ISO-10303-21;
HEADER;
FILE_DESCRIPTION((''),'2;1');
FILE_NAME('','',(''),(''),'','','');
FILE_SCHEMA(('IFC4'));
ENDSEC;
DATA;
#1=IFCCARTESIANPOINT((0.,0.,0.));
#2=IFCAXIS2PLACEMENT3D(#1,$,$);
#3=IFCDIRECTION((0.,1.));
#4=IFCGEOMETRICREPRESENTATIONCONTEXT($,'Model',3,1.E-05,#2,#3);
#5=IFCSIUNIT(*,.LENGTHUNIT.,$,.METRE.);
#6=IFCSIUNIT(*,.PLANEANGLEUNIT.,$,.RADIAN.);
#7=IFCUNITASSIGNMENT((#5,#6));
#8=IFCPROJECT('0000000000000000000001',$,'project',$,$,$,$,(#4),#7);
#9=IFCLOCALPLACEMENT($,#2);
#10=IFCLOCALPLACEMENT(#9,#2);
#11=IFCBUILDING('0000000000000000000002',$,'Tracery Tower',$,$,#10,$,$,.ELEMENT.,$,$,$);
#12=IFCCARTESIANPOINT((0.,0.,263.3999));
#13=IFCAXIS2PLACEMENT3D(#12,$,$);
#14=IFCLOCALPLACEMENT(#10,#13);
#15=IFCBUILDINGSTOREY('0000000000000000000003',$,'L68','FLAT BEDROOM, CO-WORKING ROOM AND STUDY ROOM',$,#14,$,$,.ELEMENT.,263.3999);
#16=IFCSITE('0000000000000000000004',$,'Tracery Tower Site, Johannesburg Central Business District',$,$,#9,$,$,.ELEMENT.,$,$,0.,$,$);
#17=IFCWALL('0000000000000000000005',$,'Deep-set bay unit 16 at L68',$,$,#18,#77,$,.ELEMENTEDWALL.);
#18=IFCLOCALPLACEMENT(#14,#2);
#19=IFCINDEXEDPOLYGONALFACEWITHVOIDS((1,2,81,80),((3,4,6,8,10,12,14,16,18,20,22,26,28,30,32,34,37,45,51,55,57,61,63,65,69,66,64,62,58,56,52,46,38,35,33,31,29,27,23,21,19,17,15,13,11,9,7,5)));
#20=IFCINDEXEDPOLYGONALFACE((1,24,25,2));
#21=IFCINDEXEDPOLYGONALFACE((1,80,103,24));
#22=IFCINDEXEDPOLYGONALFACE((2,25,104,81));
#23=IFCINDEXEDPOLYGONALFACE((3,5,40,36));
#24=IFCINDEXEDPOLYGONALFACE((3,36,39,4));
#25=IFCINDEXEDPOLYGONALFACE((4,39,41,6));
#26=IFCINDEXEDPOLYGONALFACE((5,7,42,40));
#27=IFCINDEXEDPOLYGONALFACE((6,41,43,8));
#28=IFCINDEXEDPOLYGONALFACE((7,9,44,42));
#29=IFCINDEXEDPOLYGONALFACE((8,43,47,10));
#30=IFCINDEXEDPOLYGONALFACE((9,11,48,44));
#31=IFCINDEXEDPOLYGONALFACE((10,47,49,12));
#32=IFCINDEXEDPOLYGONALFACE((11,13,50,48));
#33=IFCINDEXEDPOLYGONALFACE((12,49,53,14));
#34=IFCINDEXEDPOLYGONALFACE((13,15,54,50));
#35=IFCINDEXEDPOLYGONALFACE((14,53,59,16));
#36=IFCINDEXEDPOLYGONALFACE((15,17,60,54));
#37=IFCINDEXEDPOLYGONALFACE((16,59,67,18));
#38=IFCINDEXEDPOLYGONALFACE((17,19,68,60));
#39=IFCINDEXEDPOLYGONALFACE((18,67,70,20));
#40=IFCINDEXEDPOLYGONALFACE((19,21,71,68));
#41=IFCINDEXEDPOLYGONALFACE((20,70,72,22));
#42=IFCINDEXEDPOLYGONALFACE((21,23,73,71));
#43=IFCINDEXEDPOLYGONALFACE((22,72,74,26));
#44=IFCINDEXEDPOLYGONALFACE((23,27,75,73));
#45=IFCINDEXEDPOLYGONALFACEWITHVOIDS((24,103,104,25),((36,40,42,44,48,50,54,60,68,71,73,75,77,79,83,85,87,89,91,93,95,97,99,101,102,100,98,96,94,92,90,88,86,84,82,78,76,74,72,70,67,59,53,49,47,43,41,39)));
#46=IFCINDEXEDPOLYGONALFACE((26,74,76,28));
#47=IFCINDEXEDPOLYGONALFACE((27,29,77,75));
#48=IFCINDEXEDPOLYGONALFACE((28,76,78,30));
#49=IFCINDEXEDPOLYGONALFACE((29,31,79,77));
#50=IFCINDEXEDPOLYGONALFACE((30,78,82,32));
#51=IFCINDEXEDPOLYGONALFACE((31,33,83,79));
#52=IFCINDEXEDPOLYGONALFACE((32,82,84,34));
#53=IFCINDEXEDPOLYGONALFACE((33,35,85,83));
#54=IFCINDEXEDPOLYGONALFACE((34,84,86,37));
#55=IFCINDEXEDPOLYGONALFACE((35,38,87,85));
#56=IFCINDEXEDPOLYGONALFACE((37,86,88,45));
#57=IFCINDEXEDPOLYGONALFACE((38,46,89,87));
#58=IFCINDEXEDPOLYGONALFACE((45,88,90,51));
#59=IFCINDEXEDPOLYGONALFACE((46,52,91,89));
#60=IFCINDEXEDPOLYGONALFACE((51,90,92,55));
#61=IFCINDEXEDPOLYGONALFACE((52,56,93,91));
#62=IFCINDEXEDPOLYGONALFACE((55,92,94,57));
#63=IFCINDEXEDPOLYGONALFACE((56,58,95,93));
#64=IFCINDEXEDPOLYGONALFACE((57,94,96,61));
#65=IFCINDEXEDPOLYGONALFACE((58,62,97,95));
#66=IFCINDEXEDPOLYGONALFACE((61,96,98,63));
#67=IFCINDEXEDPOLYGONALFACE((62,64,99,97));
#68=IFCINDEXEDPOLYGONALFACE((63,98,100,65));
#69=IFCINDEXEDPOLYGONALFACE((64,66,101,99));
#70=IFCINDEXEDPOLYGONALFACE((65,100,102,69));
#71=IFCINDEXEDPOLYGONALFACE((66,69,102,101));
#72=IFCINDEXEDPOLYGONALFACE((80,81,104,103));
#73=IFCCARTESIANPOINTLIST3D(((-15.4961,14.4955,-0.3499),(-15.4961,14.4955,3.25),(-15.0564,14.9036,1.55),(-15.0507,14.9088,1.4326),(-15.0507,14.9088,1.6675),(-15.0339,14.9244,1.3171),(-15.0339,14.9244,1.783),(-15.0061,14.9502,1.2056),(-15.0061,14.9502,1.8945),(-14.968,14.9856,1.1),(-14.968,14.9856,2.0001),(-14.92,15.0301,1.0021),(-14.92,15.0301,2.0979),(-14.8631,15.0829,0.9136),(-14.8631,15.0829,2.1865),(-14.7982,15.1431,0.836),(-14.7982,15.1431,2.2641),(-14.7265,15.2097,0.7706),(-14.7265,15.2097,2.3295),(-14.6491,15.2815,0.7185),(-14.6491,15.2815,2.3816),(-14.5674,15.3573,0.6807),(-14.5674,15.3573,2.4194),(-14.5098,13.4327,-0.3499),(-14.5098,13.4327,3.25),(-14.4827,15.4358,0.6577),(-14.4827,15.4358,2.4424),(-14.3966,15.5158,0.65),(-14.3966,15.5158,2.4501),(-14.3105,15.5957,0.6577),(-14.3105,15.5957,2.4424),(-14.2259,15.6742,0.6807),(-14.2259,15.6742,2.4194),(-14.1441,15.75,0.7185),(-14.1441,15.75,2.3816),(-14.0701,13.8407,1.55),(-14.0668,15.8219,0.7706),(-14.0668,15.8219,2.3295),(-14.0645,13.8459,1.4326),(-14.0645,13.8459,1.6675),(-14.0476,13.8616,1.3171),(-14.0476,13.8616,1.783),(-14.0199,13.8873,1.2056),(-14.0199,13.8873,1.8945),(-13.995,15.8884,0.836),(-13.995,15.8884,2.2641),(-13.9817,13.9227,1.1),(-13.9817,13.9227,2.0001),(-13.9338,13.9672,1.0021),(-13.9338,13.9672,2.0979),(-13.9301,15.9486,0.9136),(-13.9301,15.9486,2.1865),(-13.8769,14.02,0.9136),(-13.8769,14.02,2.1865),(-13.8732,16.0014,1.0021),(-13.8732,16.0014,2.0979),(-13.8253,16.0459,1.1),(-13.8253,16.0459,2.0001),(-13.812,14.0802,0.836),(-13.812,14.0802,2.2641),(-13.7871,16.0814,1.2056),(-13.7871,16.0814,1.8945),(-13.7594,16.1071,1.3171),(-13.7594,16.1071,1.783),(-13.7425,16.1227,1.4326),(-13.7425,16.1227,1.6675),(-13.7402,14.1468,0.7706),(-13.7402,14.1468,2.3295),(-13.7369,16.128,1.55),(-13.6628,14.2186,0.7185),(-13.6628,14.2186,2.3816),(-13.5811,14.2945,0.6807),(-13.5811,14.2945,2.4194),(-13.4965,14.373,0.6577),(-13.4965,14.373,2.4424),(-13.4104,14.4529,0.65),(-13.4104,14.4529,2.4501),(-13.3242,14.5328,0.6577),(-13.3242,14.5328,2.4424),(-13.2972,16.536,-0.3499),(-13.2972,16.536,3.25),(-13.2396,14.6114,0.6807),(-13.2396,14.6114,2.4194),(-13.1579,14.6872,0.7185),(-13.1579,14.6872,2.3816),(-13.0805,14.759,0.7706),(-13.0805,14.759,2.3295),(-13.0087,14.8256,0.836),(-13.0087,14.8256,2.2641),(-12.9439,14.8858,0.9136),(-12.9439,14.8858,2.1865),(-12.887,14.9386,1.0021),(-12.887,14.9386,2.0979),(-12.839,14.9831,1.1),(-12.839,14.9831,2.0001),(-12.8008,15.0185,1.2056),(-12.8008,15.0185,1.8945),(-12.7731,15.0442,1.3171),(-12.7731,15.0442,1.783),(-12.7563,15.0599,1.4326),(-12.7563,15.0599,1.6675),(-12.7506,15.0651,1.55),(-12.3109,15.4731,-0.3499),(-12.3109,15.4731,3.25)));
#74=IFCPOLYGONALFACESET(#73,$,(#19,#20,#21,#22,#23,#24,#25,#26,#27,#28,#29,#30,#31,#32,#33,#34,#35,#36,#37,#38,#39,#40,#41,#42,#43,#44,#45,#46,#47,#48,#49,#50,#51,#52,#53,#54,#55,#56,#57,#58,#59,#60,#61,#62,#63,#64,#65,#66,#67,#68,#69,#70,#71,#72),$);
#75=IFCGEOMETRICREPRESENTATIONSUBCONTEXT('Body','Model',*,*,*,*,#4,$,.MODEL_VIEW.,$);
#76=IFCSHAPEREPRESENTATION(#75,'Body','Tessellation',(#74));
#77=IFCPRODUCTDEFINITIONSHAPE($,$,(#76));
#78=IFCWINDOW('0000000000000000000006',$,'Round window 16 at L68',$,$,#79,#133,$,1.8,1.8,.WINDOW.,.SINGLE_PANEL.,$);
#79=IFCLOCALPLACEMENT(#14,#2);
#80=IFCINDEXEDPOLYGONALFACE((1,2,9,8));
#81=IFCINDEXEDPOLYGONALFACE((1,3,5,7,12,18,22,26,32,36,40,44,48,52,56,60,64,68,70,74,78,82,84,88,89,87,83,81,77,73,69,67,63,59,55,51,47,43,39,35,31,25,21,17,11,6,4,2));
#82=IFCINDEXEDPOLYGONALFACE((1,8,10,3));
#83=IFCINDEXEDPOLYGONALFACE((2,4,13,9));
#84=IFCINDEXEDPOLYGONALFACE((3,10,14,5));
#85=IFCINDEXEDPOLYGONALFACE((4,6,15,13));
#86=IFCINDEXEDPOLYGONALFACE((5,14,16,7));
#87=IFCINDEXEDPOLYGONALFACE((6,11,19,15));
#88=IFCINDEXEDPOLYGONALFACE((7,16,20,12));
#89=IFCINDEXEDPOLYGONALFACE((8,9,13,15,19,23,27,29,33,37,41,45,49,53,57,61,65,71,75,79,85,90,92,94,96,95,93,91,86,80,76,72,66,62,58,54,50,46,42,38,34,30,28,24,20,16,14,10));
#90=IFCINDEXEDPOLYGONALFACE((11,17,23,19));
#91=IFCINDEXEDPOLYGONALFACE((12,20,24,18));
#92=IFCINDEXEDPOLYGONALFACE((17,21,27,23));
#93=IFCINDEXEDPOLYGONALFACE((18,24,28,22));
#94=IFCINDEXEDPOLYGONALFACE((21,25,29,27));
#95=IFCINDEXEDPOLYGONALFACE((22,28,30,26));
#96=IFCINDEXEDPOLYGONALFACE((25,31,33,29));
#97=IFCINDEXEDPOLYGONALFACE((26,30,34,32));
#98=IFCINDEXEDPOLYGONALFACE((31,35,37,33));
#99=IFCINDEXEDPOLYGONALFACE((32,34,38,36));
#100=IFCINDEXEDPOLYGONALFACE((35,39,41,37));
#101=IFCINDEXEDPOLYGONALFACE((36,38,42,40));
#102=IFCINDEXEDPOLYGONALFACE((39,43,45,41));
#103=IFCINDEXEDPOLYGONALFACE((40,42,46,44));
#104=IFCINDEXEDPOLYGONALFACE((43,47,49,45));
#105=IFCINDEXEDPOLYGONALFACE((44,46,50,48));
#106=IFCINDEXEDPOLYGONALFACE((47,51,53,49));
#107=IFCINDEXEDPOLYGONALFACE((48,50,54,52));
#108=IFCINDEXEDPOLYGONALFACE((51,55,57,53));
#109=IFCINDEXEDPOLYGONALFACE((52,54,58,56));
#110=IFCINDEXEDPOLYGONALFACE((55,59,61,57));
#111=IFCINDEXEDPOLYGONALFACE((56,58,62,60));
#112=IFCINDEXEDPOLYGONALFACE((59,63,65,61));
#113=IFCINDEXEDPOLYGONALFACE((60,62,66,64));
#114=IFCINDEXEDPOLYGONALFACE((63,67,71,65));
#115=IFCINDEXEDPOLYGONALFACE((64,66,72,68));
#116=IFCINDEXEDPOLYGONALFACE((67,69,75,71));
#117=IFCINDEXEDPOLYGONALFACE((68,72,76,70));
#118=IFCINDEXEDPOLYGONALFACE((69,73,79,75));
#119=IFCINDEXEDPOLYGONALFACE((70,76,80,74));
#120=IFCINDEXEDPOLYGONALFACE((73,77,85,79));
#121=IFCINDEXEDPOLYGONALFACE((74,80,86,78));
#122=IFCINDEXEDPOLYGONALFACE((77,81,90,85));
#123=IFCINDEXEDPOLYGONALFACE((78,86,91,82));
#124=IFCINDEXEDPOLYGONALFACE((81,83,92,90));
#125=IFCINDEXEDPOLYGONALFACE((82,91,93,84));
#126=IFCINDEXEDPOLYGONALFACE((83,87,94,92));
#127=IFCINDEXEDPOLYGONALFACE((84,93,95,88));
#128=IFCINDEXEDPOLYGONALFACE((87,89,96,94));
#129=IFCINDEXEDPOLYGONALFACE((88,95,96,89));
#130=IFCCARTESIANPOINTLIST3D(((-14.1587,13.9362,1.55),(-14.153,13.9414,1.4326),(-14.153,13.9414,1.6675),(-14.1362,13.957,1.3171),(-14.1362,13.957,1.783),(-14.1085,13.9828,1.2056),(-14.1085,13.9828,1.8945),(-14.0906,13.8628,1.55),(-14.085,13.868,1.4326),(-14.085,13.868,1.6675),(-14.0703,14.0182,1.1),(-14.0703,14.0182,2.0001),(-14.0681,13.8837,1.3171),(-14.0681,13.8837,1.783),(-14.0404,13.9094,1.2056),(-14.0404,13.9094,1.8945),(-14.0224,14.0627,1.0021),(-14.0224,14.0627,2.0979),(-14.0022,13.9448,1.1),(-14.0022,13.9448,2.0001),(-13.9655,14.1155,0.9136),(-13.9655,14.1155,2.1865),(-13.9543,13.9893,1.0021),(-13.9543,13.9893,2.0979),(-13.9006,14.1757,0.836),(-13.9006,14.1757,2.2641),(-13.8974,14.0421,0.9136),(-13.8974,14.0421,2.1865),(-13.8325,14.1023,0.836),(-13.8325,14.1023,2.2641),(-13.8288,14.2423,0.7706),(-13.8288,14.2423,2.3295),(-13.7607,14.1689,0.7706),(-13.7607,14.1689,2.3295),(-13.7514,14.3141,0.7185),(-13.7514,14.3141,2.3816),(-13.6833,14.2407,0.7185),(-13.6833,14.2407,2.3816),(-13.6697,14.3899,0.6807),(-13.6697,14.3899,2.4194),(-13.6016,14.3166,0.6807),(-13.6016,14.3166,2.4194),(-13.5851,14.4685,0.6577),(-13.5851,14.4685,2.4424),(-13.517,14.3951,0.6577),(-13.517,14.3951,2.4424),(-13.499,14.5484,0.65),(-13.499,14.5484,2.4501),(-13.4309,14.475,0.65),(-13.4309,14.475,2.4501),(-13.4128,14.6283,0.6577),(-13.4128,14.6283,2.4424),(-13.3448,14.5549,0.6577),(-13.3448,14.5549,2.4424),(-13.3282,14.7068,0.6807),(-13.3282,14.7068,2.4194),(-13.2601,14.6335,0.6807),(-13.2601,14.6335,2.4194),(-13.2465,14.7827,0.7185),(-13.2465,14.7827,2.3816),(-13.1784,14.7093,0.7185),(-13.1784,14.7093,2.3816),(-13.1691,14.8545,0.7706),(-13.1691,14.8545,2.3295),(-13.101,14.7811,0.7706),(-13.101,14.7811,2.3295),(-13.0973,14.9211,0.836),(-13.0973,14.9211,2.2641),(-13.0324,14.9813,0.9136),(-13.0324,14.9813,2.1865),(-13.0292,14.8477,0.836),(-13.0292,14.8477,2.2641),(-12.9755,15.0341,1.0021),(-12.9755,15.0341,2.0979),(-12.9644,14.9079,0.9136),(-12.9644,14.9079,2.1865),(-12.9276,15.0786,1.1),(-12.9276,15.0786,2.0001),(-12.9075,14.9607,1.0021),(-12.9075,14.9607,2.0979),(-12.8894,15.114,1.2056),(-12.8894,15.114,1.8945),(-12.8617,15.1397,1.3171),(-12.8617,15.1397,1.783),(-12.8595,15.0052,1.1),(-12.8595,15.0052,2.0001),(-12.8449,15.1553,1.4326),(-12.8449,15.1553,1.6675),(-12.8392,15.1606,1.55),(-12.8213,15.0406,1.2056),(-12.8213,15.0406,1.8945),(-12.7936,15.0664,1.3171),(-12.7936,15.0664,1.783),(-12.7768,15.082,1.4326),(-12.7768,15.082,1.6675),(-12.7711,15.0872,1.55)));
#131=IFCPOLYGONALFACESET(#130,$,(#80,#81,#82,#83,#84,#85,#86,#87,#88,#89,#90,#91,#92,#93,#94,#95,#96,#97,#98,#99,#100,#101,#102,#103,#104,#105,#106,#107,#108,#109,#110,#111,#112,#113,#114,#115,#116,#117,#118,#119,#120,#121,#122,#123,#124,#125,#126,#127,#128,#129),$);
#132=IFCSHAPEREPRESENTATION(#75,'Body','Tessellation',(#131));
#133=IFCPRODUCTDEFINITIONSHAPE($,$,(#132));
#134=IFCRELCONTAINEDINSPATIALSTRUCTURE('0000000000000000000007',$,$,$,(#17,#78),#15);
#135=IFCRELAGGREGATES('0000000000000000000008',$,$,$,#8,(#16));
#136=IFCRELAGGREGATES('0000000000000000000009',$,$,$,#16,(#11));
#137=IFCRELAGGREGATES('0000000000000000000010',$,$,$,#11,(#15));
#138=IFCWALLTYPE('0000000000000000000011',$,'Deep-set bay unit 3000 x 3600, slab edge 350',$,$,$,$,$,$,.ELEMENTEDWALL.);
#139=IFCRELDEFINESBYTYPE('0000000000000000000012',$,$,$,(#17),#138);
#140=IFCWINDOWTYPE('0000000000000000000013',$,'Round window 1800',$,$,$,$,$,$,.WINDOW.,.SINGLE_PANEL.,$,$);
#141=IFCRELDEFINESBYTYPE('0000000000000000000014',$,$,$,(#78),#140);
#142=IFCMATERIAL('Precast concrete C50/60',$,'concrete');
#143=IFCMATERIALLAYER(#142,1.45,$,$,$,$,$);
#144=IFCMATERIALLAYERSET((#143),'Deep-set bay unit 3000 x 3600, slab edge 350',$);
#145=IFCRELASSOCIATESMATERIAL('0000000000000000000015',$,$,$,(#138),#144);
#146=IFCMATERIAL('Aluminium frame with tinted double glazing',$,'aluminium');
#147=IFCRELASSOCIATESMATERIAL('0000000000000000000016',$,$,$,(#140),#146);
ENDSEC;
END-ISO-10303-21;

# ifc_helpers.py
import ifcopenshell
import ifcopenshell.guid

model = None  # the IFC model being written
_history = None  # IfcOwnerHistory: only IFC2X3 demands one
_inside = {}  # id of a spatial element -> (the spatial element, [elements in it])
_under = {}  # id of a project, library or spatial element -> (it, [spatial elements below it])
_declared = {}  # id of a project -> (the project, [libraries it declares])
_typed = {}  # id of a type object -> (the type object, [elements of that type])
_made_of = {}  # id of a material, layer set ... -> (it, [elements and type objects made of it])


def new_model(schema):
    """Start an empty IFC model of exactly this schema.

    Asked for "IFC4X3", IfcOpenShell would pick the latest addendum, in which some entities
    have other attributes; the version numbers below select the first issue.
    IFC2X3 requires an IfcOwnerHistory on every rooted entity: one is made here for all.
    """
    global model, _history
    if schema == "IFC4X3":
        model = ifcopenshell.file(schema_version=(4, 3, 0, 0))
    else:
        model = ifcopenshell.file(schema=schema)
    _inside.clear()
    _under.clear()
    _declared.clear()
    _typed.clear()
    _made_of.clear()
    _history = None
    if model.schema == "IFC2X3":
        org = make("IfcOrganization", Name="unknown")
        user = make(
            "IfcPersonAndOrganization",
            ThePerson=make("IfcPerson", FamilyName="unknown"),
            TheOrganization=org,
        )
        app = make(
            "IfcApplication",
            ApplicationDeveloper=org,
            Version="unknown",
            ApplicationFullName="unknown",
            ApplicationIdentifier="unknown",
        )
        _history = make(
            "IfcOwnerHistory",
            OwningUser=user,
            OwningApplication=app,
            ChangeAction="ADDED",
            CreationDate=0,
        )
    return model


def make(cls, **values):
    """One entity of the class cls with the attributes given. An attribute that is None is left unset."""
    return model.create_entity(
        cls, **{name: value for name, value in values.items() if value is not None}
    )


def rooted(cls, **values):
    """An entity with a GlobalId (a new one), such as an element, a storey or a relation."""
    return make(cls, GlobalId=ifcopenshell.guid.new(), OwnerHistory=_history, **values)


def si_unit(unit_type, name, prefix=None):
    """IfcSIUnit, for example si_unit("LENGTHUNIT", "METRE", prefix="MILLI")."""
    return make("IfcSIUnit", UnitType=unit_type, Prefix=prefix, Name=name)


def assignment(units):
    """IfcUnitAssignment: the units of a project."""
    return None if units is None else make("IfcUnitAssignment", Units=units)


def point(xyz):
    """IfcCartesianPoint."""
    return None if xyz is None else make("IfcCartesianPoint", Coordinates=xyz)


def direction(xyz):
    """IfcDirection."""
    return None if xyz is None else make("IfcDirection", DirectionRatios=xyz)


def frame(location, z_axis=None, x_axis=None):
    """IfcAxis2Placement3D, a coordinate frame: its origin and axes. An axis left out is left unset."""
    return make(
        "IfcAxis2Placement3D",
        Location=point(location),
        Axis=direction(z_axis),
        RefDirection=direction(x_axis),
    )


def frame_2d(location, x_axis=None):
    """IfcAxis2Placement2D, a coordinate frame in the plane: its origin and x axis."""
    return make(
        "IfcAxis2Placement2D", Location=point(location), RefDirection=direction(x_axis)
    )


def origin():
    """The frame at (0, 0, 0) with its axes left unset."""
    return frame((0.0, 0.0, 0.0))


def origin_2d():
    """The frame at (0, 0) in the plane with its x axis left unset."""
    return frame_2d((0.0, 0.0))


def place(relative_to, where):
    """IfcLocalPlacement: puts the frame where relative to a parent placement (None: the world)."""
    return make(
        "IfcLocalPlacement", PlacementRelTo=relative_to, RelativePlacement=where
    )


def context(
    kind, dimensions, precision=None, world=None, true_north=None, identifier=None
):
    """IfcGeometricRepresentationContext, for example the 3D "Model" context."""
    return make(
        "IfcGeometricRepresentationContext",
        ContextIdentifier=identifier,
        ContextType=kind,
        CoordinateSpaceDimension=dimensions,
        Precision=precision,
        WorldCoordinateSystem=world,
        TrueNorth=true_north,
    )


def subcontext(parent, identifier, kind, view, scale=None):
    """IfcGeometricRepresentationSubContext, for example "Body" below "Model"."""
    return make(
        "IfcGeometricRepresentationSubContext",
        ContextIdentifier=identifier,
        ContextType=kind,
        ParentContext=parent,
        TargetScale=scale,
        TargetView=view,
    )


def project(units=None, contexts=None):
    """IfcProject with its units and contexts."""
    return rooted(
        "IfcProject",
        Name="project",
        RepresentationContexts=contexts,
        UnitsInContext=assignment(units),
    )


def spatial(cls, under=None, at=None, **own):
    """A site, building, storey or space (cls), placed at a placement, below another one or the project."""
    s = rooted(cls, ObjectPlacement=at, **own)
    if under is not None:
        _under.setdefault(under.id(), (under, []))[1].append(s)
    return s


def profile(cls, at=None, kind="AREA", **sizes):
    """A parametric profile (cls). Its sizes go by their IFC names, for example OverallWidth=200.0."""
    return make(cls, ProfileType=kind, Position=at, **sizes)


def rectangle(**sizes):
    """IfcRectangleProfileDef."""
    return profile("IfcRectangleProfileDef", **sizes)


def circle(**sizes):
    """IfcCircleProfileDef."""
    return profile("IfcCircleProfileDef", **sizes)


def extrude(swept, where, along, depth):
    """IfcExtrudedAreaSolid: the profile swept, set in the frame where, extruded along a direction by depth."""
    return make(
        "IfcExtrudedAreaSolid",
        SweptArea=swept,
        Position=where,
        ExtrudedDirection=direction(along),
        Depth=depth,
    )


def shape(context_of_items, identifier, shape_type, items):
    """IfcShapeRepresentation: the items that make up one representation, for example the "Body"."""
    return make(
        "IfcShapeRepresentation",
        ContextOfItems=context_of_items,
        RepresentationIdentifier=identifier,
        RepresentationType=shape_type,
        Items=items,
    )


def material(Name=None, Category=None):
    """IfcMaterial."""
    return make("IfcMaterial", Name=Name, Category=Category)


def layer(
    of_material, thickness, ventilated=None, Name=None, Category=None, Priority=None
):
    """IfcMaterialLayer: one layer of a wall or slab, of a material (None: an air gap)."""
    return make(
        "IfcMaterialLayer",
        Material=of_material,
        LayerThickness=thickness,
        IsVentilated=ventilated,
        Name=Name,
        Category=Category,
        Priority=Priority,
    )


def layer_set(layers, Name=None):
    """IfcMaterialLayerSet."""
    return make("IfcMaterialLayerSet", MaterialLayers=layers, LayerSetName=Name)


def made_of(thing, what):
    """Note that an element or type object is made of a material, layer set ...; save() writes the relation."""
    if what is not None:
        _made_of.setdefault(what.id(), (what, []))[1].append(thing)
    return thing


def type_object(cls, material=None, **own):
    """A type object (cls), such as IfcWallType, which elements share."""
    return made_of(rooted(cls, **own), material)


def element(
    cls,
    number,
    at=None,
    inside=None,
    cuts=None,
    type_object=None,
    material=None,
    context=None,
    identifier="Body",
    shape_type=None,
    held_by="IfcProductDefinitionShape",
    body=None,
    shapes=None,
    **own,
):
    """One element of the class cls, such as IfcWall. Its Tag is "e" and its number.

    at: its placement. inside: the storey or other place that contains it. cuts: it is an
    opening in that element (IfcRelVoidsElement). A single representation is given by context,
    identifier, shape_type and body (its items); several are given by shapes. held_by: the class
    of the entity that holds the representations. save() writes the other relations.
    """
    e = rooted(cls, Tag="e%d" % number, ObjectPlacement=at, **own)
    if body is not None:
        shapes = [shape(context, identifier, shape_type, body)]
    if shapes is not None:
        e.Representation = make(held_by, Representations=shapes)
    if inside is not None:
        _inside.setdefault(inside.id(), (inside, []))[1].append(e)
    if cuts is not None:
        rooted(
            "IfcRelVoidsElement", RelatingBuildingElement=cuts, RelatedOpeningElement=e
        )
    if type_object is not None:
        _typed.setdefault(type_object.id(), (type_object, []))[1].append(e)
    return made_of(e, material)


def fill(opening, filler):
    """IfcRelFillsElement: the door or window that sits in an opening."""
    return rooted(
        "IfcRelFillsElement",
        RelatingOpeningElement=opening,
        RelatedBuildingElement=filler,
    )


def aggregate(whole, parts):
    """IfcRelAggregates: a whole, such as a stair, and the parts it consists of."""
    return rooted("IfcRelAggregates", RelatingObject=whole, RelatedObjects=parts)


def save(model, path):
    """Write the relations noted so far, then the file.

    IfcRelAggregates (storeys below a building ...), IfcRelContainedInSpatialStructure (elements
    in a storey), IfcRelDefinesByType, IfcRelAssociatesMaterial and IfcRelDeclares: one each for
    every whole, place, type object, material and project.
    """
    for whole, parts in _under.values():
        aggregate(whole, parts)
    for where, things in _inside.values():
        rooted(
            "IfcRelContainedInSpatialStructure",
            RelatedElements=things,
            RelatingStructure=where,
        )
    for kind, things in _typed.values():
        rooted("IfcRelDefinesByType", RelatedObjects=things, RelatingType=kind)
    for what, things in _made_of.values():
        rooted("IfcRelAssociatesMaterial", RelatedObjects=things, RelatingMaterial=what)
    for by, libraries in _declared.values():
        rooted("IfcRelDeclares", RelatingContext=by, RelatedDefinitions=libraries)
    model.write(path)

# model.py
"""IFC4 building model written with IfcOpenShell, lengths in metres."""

from ifc_helpers import new_model, si_unit, direction, frame, frame_2d, origin, origin_2d, place, context, subcontext, project, spatial, rectangle, circle, extrude, material, layer, layer_set, type_object, element, fill, save


model = new_model("IFC4")

# Units and contexts
model_context = context("Model", 3, precision=1e-05, world=origin(), true_north=direction((0.0, 1.0)))
body_context = subcontext(model_context, "Body", "Model", "MODEL_VIEW")
ifc_project = project(units=[si_unit("LENGTHUNIT", "METRE"), si_unit("PLANEANGLEUNIT", "RADIAN")], contexts=[model_context])

# Site, building, storey
site_placement = place(None, origin())
site = spatial("IfcSite", under=ifc_project, at=site_placement, Name="Tracery Tower Site, Johannesburg Central Business District", CompositionType="ELEMENT", RefElevation=0.0)
building_placement = place(site_placement, origin())
building = spatial("IfcBuilding", under=site, at=building_placement, Name="Tracery Tower", CompositionType="ELEMENT")
storey_placement = place(building_placement, frame((0.0, 0.0, 263.3999)))
storey = spatial("IfcBuildingStorey", under=building, at=storey_placement, Name="L68", Description="FLAT BEDROOM, CO-WORKING ROOM AND STUDY ROOM", CompositionType="ELEMENT", Elevation=263.3999)

# Wall, opening, window
ifc_material_1 = material(Name="Precast concrete C50/60", Category="concrete")
ifc_layer_1 = layer(ifc_material_1, 1.45)
ifc_layer_set_1 = layer_set([ifc_layer_1], Name="Deep-set bay unit 3000 x 3600, slab edge 350")
wall_type_1 = type_object("IfcWallType", Name="Deep-set bay unit 3000 x 3600, slab edge 350", PredefinedType="ELEMENTEDWALL", material=ifc_layer_set_1)
wall_1_placement = place(storey_placement, frame((-12.804, 16.0046, -0.3499), z_axis=(0.0, 0.0, 1.0), x_axis=(-0.733022, -0.680204, 0.0)))
wall_1 = element("IfcWall", 1, at=wall_1_placement, inside=storey, type_object=wall_type_1, Name="Deep-set bay unit 16 at L68", PredefinedType="ELEMENTEDWALL", context=body_context, shape_type="SweptSolid", body=[
    extrude(rectangle(XDim=2.9998, YDim=1.45, at=frame_2d((1.5, 0.0))), origin(), (0.0, 0.0, 1.0), 3.5999),
])
opening_1_placement = place(wall_1_placement, frame((1.5, 0.0, 1.8999)))
opening_1 = element("IfcOpeningElement", 2, at=opening_1_placement, cuts=wall_1, PredefinedType="OPENING", context=body_context, shape_type="SweptSolid", body=[
    extrude(circle(Radius=0.9, at=origin_2d()), frame((0.0, 0.7349, 0.0), z_axis=(0.0, -1.0, 0.0), x_axis=(1.0, 0.0, 0.0)), (0.0, 0.0, 1.0), 1.47),
])
ifc_material_2 = material(Name="Aluminium frame with tinted double glazing", Category="aluminium")
window_type = type_object("IfcWindowType", Name="Round window 1800", PartitioningType="SINGLE_PANEL", PredefinedType="WINDOW", material=ifc_material_2)
window_1_placement = place(opening_1_placement, origin())
window_1 = element("IfcWindow", 3, at=window_1_placement, inside=storey, type_object=window_type, Name="Round window 16 at L68", OverallHeight=1.8, OverallWidth=1.8, PartitioningType="SINGLE_PANEL", PredefinedType="WINDOW", context=body_context, shape_type="SweptSolid", body=[
    extrude(circle(Radius=0.9, at=origin_2d()), frame((0.0, 0.6948, 0.0), z_axis=(0.0, -1.0, 0.0), x_axis=(1.0, 0.0, 0.0)), (0.0, 0.0, 1.0), 0.1001),
])
fill(opening_1, window_1)

save(model, "model.ifc")
